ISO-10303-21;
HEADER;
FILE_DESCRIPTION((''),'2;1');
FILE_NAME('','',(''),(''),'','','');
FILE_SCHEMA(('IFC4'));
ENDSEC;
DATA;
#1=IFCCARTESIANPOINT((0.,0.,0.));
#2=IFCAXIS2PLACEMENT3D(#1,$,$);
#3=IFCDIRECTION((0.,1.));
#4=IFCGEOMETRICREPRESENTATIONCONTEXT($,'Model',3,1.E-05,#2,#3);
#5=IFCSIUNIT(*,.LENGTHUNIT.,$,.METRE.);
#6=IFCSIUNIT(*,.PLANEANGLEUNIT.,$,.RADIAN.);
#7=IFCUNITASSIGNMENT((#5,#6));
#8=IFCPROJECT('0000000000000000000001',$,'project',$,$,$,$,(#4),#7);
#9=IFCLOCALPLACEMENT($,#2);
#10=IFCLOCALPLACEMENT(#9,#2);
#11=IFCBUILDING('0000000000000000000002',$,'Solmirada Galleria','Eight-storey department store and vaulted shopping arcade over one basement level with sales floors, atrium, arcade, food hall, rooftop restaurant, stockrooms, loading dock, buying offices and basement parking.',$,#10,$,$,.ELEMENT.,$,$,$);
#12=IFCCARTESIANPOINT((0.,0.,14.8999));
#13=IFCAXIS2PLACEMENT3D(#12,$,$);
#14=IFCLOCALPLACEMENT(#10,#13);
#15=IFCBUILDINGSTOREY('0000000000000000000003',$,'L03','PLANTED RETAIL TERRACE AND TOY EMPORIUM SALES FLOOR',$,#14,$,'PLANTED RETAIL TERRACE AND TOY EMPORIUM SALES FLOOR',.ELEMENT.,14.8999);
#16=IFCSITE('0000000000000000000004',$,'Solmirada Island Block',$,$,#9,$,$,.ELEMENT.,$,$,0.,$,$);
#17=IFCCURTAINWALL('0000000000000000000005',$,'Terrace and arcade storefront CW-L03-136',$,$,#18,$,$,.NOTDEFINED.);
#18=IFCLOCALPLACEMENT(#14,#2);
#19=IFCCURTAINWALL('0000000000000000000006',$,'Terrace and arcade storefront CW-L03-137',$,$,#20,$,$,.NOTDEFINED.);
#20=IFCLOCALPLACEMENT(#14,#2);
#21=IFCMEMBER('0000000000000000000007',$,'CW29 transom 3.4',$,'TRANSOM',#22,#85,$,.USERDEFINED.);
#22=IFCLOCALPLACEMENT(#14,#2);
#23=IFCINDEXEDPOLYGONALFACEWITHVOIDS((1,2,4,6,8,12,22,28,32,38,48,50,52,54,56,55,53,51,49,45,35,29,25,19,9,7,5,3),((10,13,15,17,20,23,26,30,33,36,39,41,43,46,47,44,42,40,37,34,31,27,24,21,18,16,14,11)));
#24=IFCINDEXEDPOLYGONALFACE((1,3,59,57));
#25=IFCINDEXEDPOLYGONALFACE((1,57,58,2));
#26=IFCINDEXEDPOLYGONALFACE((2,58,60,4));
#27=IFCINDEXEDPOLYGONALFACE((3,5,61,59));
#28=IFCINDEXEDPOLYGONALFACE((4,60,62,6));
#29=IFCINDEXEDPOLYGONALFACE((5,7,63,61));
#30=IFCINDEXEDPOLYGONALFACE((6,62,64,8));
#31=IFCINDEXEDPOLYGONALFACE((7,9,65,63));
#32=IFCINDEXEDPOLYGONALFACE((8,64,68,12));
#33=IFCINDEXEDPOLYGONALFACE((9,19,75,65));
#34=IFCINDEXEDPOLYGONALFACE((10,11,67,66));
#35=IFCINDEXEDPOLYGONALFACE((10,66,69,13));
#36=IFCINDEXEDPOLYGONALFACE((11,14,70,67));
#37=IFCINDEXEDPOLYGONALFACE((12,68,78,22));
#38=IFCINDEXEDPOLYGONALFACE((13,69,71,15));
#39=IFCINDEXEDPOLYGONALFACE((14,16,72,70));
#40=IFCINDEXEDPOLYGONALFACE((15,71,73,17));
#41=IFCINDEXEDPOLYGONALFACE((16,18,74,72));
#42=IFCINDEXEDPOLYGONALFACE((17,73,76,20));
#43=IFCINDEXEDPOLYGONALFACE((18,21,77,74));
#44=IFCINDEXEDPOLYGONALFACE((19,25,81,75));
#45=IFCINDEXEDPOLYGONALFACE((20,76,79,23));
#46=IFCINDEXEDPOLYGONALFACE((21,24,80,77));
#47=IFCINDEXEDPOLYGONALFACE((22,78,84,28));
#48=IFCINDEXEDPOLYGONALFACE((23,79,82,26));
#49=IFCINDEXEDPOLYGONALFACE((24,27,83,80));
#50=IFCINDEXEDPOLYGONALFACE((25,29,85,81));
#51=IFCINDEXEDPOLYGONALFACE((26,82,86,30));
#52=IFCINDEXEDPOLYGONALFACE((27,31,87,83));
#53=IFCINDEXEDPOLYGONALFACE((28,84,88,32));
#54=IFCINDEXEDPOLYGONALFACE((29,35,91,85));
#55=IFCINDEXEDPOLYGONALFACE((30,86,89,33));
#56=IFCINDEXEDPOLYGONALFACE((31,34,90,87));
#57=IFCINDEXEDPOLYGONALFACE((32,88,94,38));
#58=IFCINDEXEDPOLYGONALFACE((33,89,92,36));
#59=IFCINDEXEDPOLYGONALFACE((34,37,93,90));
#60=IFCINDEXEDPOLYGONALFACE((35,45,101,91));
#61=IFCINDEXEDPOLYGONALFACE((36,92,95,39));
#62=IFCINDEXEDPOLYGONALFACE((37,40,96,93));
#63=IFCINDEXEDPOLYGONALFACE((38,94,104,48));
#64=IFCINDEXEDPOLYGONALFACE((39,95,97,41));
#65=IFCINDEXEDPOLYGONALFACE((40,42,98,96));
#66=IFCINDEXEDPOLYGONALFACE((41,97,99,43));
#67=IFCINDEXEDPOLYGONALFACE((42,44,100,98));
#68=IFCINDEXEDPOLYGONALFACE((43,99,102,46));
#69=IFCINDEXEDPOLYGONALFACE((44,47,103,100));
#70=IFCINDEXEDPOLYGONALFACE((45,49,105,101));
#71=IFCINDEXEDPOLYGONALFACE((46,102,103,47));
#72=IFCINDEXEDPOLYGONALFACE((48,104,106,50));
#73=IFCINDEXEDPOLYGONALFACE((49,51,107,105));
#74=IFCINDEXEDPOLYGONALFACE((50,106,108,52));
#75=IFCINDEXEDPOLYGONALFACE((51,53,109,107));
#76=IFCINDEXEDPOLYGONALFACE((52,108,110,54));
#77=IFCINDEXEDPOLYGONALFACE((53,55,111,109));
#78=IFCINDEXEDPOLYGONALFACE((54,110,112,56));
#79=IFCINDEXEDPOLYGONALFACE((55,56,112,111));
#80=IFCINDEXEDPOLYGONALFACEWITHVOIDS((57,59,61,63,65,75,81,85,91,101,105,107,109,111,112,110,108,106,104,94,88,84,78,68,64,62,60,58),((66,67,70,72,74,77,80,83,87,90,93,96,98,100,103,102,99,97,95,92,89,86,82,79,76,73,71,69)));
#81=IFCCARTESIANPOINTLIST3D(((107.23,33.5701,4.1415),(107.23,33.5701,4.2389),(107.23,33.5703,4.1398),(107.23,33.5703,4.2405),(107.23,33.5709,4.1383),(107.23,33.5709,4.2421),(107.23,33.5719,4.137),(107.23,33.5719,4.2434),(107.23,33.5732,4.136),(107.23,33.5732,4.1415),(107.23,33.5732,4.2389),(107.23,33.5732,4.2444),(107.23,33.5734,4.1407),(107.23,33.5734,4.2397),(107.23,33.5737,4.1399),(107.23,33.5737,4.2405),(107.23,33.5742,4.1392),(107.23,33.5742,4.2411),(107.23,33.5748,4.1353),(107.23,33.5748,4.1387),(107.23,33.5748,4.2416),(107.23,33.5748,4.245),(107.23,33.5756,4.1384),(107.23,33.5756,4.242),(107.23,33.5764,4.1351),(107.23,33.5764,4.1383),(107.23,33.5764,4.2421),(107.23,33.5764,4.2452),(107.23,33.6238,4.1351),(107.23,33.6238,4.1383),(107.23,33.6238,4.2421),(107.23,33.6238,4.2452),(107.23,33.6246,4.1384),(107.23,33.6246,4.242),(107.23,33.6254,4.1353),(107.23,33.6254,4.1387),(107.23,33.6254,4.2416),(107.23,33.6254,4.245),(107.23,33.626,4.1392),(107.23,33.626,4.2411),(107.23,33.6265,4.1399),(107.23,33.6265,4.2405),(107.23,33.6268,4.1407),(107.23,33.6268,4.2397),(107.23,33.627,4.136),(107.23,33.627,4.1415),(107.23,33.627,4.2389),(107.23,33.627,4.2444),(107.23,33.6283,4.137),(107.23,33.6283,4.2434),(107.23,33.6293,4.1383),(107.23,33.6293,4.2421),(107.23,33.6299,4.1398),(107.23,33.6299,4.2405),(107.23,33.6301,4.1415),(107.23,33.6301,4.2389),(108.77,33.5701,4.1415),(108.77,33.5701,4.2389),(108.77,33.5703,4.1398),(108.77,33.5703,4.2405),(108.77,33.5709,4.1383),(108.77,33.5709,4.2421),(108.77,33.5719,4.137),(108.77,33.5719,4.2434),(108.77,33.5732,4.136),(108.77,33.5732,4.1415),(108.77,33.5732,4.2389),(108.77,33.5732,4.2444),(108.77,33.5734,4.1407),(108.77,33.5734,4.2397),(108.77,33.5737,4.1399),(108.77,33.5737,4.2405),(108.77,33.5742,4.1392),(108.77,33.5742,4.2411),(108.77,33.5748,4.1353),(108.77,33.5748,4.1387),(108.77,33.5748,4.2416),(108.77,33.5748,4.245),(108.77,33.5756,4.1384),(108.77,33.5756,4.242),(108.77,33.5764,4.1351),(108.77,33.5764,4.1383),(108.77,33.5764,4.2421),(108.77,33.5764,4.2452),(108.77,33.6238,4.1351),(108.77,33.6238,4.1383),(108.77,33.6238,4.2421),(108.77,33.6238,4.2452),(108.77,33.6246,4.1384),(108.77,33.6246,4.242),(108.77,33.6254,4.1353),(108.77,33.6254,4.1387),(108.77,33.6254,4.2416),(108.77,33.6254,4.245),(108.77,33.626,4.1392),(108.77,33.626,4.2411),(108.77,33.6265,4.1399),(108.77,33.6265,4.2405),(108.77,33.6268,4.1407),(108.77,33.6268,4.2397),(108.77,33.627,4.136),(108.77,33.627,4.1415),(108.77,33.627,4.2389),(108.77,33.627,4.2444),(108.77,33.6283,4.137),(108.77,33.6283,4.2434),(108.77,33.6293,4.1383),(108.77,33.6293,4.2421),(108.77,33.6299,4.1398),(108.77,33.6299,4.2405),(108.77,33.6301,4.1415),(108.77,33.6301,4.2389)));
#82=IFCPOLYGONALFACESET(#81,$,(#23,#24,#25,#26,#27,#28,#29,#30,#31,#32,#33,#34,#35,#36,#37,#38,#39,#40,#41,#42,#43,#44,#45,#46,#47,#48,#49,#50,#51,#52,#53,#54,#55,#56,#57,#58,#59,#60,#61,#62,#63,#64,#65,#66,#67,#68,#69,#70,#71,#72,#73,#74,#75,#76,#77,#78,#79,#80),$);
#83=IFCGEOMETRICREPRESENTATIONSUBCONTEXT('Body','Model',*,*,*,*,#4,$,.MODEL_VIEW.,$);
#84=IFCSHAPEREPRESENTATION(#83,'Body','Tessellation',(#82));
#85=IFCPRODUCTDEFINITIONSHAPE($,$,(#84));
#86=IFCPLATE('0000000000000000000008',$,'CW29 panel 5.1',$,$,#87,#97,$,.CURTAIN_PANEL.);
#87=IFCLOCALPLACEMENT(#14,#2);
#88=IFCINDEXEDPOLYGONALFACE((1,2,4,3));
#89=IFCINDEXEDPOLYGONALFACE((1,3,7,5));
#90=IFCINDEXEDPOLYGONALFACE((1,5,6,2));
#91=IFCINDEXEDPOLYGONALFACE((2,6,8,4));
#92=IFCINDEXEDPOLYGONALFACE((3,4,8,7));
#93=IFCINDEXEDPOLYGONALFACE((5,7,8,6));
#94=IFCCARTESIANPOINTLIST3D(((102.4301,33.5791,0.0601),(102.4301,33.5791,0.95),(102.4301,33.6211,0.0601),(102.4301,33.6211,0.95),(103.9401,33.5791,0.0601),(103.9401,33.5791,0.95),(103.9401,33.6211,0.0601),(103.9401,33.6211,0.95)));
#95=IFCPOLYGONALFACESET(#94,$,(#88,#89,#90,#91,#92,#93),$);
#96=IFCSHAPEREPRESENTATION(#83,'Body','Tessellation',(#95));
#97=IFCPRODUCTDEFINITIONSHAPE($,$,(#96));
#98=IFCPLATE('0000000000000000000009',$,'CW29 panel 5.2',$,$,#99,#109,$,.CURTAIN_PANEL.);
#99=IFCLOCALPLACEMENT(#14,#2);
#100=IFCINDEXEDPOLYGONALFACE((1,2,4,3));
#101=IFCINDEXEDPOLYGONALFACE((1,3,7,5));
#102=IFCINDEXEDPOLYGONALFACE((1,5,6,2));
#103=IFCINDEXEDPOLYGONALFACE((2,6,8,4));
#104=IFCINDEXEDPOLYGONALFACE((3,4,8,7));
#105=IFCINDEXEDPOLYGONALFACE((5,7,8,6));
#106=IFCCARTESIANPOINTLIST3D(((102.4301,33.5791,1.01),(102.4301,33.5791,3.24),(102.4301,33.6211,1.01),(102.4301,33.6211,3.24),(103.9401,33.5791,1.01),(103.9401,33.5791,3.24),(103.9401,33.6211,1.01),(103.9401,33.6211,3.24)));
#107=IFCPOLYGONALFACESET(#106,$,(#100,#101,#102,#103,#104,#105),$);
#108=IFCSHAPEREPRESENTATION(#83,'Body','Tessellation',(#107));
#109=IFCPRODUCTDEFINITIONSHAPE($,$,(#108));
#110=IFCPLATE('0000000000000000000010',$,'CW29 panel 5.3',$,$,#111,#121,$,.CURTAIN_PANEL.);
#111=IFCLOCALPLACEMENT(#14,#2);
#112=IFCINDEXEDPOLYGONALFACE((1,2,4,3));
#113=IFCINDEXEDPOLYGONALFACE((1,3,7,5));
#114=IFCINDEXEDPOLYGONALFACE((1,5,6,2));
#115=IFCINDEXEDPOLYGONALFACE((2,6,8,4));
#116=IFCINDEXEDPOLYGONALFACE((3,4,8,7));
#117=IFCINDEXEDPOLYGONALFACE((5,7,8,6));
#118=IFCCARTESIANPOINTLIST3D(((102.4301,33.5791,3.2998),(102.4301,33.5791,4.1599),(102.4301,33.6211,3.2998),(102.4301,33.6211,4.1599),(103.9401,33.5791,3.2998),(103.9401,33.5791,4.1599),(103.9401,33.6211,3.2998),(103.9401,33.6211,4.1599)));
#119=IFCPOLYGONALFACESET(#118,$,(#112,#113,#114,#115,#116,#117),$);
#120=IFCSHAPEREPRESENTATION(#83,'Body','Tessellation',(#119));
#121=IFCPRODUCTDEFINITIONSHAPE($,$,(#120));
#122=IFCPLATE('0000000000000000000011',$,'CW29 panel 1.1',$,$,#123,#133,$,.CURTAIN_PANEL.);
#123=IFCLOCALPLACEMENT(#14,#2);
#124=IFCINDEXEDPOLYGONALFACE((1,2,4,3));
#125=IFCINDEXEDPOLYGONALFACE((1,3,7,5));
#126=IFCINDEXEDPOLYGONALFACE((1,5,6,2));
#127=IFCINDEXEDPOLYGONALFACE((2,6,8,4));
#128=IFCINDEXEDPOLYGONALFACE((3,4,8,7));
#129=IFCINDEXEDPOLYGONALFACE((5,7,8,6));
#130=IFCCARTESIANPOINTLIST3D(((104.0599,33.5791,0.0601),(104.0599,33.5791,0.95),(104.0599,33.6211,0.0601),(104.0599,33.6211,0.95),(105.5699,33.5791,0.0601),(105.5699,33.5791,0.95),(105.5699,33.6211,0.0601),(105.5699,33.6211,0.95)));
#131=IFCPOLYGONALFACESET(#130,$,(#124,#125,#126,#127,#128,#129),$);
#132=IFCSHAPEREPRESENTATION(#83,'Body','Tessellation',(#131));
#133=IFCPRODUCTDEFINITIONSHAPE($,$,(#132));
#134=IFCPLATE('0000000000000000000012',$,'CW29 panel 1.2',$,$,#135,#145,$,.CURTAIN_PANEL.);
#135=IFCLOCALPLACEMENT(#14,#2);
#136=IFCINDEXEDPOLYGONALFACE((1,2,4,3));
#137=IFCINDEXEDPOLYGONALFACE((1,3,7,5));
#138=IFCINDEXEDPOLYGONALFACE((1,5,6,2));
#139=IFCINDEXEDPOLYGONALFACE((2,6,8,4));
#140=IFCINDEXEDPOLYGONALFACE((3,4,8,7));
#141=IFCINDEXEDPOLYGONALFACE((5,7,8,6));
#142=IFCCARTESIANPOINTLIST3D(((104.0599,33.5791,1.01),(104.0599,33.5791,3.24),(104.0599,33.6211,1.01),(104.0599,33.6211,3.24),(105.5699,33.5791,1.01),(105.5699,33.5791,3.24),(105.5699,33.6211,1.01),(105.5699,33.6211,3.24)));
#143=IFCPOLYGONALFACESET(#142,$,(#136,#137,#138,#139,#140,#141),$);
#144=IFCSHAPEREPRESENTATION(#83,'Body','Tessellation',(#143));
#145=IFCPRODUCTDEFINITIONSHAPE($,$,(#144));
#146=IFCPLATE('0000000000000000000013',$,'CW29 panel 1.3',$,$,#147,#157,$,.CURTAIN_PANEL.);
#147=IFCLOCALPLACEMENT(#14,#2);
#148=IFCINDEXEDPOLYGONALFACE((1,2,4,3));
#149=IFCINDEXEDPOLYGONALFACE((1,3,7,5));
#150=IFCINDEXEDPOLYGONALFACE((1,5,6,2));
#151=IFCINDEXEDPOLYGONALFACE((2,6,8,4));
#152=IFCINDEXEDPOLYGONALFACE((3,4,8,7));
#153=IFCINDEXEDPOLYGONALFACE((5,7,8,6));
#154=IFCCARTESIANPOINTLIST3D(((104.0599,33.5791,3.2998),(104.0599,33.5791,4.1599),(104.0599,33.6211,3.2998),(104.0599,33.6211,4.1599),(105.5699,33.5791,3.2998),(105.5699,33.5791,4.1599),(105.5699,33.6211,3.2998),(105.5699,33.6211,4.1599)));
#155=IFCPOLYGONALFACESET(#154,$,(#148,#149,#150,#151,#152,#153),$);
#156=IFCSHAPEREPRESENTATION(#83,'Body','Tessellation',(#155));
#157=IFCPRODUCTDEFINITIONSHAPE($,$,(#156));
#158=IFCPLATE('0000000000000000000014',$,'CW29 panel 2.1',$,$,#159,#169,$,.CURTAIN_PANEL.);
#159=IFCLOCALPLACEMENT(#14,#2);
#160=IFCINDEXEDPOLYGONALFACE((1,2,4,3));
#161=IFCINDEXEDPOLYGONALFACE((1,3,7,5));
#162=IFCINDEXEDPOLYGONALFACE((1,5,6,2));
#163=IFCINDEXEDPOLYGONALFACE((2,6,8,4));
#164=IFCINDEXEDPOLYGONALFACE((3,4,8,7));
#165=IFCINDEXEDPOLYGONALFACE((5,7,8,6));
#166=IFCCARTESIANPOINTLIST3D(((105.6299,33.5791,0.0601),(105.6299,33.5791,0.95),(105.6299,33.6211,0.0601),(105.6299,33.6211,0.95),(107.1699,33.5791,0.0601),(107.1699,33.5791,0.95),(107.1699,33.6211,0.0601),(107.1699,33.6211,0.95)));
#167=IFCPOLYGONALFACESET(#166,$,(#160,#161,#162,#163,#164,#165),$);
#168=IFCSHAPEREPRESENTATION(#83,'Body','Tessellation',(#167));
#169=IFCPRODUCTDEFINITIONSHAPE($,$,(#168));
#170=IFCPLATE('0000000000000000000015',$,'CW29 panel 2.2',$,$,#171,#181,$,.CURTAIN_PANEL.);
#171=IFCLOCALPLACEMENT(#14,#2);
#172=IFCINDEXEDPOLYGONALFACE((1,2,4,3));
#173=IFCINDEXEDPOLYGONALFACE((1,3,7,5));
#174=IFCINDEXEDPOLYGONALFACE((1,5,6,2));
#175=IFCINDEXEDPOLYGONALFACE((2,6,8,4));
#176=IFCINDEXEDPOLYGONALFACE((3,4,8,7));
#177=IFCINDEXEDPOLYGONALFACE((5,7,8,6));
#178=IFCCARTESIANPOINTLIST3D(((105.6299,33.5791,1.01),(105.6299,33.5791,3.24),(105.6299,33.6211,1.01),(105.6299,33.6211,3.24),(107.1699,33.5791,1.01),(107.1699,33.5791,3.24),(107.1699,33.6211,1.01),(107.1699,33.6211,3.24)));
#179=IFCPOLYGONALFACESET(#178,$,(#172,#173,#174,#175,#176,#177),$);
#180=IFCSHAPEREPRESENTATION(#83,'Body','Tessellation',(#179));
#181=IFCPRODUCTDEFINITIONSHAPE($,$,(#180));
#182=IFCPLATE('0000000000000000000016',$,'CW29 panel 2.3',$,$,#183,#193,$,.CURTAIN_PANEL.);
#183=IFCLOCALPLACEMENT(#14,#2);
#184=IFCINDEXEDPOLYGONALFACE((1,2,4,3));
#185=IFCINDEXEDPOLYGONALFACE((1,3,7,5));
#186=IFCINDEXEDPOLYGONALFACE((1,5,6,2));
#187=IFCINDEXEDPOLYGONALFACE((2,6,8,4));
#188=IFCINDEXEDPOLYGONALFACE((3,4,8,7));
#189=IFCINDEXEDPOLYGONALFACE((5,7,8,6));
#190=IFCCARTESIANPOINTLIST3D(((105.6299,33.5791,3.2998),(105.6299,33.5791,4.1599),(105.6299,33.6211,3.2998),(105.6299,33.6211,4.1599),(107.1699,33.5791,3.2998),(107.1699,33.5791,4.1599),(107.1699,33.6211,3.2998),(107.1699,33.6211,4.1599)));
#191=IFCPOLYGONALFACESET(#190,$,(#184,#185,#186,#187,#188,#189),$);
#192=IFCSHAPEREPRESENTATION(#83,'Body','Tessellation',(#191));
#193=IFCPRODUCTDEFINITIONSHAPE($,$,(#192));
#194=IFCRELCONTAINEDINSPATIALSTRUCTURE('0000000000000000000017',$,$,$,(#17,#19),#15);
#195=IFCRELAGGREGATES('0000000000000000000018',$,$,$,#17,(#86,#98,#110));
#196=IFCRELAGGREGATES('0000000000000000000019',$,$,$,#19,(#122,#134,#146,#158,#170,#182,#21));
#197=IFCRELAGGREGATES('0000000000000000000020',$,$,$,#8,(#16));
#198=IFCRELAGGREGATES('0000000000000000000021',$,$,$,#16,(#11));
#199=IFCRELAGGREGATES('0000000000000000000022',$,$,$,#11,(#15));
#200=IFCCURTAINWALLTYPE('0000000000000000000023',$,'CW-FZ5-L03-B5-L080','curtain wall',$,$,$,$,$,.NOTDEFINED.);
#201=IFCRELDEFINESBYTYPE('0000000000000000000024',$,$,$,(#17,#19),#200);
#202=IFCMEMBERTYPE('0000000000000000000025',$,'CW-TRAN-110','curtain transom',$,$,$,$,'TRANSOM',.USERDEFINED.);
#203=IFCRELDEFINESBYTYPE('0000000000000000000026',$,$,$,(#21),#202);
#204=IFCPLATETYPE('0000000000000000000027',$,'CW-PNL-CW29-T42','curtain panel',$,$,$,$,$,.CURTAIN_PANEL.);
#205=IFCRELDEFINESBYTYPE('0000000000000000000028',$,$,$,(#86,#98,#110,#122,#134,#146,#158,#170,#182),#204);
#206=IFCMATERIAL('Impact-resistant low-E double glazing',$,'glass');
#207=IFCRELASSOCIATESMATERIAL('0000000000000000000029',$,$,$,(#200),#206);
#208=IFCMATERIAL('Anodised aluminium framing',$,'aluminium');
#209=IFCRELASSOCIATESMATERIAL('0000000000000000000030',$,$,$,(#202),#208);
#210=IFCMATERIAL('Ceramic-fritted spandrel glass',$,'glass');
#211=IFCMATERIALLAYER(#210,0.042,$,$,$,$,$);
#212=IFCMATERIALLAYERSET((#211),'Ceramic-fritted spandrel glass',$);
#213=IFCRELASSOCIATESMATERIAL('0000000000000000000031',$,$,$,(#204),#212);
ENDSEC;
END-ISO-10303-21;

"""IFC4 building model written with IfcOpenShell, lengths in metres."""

from ifc_helpers import new_model, si_unit, direction, frame, origin, origin_2d, place, context, subcontext, project, spatial, rectangle, hollow_rectangle, extrude, material, layer, layer_set, material_profile, profile_set, type_object, element, aggregate, save


model = new_model("IFC4")

# Units and contexts
model_context = context("Model", 3, precision=1e-05, world=origin(), true_north=direction((0.0, 1.0)))
body_context = subcontext(model_context, "Body", "Model", "MODEL_VIEW")
ifc_project = project(units=[si_unit("LENGTHUNIT", "METRE"), si_unit("PLANEANGLEUNIT", "RADIAN")], contexts=[model_context])

# Site, building, storey
site_placement = place(None, origin())
site = spatial("IfcSite", under=ifc_project, at=site_placement, Name="Solmirada Island Block", CompositionType="ELEMENT", RefElevation=0.0)
building_placement = place(site_placement, origin())
building = spatial("IfcBuilding", under=site, at=building_placement, Name="Solmirada Galleria", Description="Eight-storey department store and vaulted shopping arcade over one basement level with sales floors, atrium, arcade, food hall, rooftop restaurant, stockrooms, loading dock, buying offices and basement parking.", CompositionType="ELEMENT")
storey_placement = place(building_placement, frame((0.0, 0.0, 14.8999)))
storey = spatial("IfcBuildingStorey", under=building, at=storey_placement, Name="L03", Description="PLANTED RETAIL TERRACE AND TOY EMPORIUM SALES FLOOR", LongName="PLANTED RETAIL TERRACE AND TOY EMPORIUM SALES FLOOR", CompositionType="ELEMENT", Elevation=14.8999)

# Curtain wall
ifc_material_1 = material(Name="Impact-resistant low-E double glazing", Category="glass")
curtain_wall_type = type_object("IfcCurtainWallType", Name="CW-FZ5-L03-B5-L080", Description="curtain wall", PredefinedType="NOTDEFINED", material=ifc_material_1)
curtain_wall_1_placement = place(storey_placement, origin())
curtain_wall_1 = element("IfcCurtainWall", 1, at=curtain_wall_1_placement, inside=storey, type_object=curtain_wall_type, Name="Terrace and arcade storefront CW-L03-136", PredefinedType="NOTDEFINED")
ifc_material_2 = material(Name="Anodised aluminium framing", Category="aluminium")

# Curtain wall
curtain_wall_2_placement = place(storey_placement, origin())
curtain_wall_2 = element("IfcCurtainWall", 2, at=curtain_wall_2_placement, inside=storey, type_object=curtain_wall_type, Name="Terrace and arcade storefront CW-L03-137", PredefinedType="NOTDEFINED")

# Member
ifc_material_profile_1 = material_profile(ifc_material_2, hollow_rectangle(XDim=0.0601, YDim=0.1101, WallThickness=0.0032, InnerFilletRadius=0.0032, OuterFilletRadius=0.0063, at=origin_2d()), Name="ALU-TRAN-110X60")
ifc_profile_set_1 = profile_set([ifc_material_profile_1], Name="Anodised aluminium framing")
member_type_1 = type_object("IfcMemberType", Name="CW-TRAN-110", Description="curtain transom", ElementType="TRANSOM", PredefinedType="USERDEFINED", material=ifc_profile_set_1)
member_1_placement = place(storey_placement, frame((107.23, 33.6001, 4.1902), z_axis=(1.0, 0.0, 0.0), x_axis=(0.0, 1.0, 0.0)))
member_1 = element("IfcMember", 3, at=member_1_placement, type_object=member_type_1, Name="CW29 transom 3.4", ObjectType="TRANSOM", PredefinedType="USERDEFINED", context=body_context, shape_type="SweptSolid", body=[
    extrude(hollow_rectangle(XDim=0.0601, YDim=0.1101, WallThickness=0.0032, InnerFilletRadius=0.0032, OuterFilletRadius=0.0063, at=origin_2d()), origin(), (0.0, 0.0, 1.0), 1.54),
])

# Plates
ifc_material_3 = material(Name="Ceramic-fritted spandrel glass", Category="glass")
ifc_layer = layer(ifc_material_3, 0.042)
ifc_layer_set = layer_set([ifc_layer], Name="Ceramic-fritted spandrel glass")
plate_type = type_object("IfcPlateType", Name="CW-PNL-CW29-T42", Description="curtain panel", PredefinedType="CURTAIN_PANEL", material=ifc_layer_set)
plate_1_placement = place(storey_placement, frame((103.1851, 33.6001, 0.0601), z_axis=(0.0, 0.0, 1.0), x_axis=(1.0, 0.0, 0.0)))
plate_1 = element("IfcPlate", 4, at=plate_1_placement, type_object=plate_type, Name="CW29 panel 5.1", PredefinedType="CURTAIN_PANEL", context=body_context, shape_type="SweptSolid", body=[
    extrude(rectangle(XDim=1.51, YDim=0.042, at=origin_2d()), origin(), (0.0, 0.0, 1.0), 0.8899),
])
plate_2_placement = place(storey_placement, frame((103.1851, 33.6001, 1.01), z_axis=(0.0, 0.0, 1.0), x_axis=(1.0, 0.0, 0.0)))
plate_2 = element("IfcPlate", 5, at=plate_2_placement, type_object=plate_type, Name="CW29 panel 5.2", PredefinedType="CURTAIN_PANEL", context=body_context, shape_type="SweptSolid", body=[
    extrude(rectangle(XDim=1.51, YDim=0.042, at=origin_2d()), origin(), (0.0, 0.0, 1.0), 2.23),
])
plate_3_placement = place(storey_placement, frame((103.1851, 33.6001, 3.2998), z_axis=(0.0, 0.0, 1.0), x_axis=(1.0, 0.0, 0.0)))
plate_3 = element("IfcPlate", 6, at=plate_3_placement, type_object=plate_type, Name="CW29 panel 5.3", PredefinedType="CURTAIN_PANEL", context=body_context, shape_type="SweptSolid", body=[
    extrude(rectangle(XDim=1.51, YDim=0.042, at=origin_2d()), origin(), (0.0, 0.0, 1.0), 0.8601),
])
aggregate(curtain_wall_1, [plate_1, plate_2, plate_3])
plate_4_placement = place(storey_placement, frame((104.8149, 33.6001, 0.0601), z_axis=(0.0, 0.0, 1.0), x_axis=(1.0, 0.0, 0.0)))
plate_4 = element("IfcPlate", 7, at=plate_4_placement, type_object=plate_type, Name="CW29 panel 1.1", PredefinedType="CURTAIN_PANEL", context=body_context, shape_type="SweptSolid", body=[
    extrude(rectangle(XDim=1.51, YDim=0.042, at=origin_2d()), origin(), (0.0, 0.0, 1.0), 0.8899),
])
plate_5_placement = place(storey_placement, frame((104.8149, 33.6001, 1.01), z_axis=(0.0, 0.0, 1.0), x_axis=(1.0, 0.0, 0.0)))
plate_5 = element("IfcPlate", 8, at=plate_5_placement, type_object=plate_type, Name="CW29 panel 1.2", PredefinedType="CURTAIN_PANEL", context=body_context, shape_type="SweptSolid", body=[
    extrude(rectangle(XDim=1.51, YDim=0.042, at=origin_2d()), origin(), (0.0, 0.0, 1.0), 2.23),
])
plate_6_placement = place(storey_placement, frame((104.8149, 33.6001, 3.2998), z_axis=(0.0, 0.0, 1.0), x_axis=(1.0, 0.0, 0.0)))
plate_6 = element("IfcPlate", 9, at=plate_6_placement, type_object=plate_type, Name="CW29 panel 1.3", PredefinedType="CURTAIN_PANEL", context=body_context, shape_type="SweptSolid", body=[
    extrude(rectangle(XDim=1.51, YDim=0.042, at=origin_2d()), origin(), (0.0, 0.0, 1.0), 0.8601),
])
plate_7_placement = place(storey_placement, frame((106.3999, 33.6001, 0.0601), z_axis=(0.0, 0.0, 1.0), x_axis=(1.0, 0.0, 0.0)))
plate_7 = element("IfcPlate", 10, at=plate_7_placement, type_object=plate_type, Name="CW29 panel 2.1", PredefinedType="CURTAIN_PANEL", context=body_context, shape_type="SweptSolid", body=[
    extrude(rectangle(XDim=1.54, YDim=0.042, at=origin_2d()), origin(), (0.0, 0.0, 1.0), 0.8899),
])
plate_8_placement = place(storey_placement, frame((106.3999, 33.6001, 1.01), z_axis=(0.0, 0.0, 1.0), x_axis=(1.0, 0.0, 0.0)))
plate_8 = element("IfcPlate", 11, at=plate_8_placement, type_object=plate_type, Name="CW29 panel 2.2", PredefinedType="CURTAIN_PANEL", context=body_context, shape_type="SweptSolid", body=[
    extrude(rectangle(XDim=1.54, YDim=0.042, at=origin_2d()), origin(), (0.0, 0.0, 1.0), 2.23),
])
plate_9_placement = place(storey_placement, frame((106.3999, 33.6001, 3.2998), z_axis=(0.0, 0.0, 1.0), x_axis=(1.0, 0.0, 0.0)))
plate_9 = element("IfcPlate", 12, at=plate_9_placement, type_object=plate_type, Name="CW29 panel 2.3", PredefinedType="CURTAIN_PANEL", context=body_context, shape_type="SweptSolid", body=[
    extrude(rectangle(XDim=1.54, YDim=0.042, at=origin_2d()), origin(), (0.0, 0.0, 1.0), 0.8601),
])
aggregate(curtain_wall_2, [plate_4, plate_5, plate_6, plate_7, plate_8, plate_9, member_1])

save(model, "model.ifc")
